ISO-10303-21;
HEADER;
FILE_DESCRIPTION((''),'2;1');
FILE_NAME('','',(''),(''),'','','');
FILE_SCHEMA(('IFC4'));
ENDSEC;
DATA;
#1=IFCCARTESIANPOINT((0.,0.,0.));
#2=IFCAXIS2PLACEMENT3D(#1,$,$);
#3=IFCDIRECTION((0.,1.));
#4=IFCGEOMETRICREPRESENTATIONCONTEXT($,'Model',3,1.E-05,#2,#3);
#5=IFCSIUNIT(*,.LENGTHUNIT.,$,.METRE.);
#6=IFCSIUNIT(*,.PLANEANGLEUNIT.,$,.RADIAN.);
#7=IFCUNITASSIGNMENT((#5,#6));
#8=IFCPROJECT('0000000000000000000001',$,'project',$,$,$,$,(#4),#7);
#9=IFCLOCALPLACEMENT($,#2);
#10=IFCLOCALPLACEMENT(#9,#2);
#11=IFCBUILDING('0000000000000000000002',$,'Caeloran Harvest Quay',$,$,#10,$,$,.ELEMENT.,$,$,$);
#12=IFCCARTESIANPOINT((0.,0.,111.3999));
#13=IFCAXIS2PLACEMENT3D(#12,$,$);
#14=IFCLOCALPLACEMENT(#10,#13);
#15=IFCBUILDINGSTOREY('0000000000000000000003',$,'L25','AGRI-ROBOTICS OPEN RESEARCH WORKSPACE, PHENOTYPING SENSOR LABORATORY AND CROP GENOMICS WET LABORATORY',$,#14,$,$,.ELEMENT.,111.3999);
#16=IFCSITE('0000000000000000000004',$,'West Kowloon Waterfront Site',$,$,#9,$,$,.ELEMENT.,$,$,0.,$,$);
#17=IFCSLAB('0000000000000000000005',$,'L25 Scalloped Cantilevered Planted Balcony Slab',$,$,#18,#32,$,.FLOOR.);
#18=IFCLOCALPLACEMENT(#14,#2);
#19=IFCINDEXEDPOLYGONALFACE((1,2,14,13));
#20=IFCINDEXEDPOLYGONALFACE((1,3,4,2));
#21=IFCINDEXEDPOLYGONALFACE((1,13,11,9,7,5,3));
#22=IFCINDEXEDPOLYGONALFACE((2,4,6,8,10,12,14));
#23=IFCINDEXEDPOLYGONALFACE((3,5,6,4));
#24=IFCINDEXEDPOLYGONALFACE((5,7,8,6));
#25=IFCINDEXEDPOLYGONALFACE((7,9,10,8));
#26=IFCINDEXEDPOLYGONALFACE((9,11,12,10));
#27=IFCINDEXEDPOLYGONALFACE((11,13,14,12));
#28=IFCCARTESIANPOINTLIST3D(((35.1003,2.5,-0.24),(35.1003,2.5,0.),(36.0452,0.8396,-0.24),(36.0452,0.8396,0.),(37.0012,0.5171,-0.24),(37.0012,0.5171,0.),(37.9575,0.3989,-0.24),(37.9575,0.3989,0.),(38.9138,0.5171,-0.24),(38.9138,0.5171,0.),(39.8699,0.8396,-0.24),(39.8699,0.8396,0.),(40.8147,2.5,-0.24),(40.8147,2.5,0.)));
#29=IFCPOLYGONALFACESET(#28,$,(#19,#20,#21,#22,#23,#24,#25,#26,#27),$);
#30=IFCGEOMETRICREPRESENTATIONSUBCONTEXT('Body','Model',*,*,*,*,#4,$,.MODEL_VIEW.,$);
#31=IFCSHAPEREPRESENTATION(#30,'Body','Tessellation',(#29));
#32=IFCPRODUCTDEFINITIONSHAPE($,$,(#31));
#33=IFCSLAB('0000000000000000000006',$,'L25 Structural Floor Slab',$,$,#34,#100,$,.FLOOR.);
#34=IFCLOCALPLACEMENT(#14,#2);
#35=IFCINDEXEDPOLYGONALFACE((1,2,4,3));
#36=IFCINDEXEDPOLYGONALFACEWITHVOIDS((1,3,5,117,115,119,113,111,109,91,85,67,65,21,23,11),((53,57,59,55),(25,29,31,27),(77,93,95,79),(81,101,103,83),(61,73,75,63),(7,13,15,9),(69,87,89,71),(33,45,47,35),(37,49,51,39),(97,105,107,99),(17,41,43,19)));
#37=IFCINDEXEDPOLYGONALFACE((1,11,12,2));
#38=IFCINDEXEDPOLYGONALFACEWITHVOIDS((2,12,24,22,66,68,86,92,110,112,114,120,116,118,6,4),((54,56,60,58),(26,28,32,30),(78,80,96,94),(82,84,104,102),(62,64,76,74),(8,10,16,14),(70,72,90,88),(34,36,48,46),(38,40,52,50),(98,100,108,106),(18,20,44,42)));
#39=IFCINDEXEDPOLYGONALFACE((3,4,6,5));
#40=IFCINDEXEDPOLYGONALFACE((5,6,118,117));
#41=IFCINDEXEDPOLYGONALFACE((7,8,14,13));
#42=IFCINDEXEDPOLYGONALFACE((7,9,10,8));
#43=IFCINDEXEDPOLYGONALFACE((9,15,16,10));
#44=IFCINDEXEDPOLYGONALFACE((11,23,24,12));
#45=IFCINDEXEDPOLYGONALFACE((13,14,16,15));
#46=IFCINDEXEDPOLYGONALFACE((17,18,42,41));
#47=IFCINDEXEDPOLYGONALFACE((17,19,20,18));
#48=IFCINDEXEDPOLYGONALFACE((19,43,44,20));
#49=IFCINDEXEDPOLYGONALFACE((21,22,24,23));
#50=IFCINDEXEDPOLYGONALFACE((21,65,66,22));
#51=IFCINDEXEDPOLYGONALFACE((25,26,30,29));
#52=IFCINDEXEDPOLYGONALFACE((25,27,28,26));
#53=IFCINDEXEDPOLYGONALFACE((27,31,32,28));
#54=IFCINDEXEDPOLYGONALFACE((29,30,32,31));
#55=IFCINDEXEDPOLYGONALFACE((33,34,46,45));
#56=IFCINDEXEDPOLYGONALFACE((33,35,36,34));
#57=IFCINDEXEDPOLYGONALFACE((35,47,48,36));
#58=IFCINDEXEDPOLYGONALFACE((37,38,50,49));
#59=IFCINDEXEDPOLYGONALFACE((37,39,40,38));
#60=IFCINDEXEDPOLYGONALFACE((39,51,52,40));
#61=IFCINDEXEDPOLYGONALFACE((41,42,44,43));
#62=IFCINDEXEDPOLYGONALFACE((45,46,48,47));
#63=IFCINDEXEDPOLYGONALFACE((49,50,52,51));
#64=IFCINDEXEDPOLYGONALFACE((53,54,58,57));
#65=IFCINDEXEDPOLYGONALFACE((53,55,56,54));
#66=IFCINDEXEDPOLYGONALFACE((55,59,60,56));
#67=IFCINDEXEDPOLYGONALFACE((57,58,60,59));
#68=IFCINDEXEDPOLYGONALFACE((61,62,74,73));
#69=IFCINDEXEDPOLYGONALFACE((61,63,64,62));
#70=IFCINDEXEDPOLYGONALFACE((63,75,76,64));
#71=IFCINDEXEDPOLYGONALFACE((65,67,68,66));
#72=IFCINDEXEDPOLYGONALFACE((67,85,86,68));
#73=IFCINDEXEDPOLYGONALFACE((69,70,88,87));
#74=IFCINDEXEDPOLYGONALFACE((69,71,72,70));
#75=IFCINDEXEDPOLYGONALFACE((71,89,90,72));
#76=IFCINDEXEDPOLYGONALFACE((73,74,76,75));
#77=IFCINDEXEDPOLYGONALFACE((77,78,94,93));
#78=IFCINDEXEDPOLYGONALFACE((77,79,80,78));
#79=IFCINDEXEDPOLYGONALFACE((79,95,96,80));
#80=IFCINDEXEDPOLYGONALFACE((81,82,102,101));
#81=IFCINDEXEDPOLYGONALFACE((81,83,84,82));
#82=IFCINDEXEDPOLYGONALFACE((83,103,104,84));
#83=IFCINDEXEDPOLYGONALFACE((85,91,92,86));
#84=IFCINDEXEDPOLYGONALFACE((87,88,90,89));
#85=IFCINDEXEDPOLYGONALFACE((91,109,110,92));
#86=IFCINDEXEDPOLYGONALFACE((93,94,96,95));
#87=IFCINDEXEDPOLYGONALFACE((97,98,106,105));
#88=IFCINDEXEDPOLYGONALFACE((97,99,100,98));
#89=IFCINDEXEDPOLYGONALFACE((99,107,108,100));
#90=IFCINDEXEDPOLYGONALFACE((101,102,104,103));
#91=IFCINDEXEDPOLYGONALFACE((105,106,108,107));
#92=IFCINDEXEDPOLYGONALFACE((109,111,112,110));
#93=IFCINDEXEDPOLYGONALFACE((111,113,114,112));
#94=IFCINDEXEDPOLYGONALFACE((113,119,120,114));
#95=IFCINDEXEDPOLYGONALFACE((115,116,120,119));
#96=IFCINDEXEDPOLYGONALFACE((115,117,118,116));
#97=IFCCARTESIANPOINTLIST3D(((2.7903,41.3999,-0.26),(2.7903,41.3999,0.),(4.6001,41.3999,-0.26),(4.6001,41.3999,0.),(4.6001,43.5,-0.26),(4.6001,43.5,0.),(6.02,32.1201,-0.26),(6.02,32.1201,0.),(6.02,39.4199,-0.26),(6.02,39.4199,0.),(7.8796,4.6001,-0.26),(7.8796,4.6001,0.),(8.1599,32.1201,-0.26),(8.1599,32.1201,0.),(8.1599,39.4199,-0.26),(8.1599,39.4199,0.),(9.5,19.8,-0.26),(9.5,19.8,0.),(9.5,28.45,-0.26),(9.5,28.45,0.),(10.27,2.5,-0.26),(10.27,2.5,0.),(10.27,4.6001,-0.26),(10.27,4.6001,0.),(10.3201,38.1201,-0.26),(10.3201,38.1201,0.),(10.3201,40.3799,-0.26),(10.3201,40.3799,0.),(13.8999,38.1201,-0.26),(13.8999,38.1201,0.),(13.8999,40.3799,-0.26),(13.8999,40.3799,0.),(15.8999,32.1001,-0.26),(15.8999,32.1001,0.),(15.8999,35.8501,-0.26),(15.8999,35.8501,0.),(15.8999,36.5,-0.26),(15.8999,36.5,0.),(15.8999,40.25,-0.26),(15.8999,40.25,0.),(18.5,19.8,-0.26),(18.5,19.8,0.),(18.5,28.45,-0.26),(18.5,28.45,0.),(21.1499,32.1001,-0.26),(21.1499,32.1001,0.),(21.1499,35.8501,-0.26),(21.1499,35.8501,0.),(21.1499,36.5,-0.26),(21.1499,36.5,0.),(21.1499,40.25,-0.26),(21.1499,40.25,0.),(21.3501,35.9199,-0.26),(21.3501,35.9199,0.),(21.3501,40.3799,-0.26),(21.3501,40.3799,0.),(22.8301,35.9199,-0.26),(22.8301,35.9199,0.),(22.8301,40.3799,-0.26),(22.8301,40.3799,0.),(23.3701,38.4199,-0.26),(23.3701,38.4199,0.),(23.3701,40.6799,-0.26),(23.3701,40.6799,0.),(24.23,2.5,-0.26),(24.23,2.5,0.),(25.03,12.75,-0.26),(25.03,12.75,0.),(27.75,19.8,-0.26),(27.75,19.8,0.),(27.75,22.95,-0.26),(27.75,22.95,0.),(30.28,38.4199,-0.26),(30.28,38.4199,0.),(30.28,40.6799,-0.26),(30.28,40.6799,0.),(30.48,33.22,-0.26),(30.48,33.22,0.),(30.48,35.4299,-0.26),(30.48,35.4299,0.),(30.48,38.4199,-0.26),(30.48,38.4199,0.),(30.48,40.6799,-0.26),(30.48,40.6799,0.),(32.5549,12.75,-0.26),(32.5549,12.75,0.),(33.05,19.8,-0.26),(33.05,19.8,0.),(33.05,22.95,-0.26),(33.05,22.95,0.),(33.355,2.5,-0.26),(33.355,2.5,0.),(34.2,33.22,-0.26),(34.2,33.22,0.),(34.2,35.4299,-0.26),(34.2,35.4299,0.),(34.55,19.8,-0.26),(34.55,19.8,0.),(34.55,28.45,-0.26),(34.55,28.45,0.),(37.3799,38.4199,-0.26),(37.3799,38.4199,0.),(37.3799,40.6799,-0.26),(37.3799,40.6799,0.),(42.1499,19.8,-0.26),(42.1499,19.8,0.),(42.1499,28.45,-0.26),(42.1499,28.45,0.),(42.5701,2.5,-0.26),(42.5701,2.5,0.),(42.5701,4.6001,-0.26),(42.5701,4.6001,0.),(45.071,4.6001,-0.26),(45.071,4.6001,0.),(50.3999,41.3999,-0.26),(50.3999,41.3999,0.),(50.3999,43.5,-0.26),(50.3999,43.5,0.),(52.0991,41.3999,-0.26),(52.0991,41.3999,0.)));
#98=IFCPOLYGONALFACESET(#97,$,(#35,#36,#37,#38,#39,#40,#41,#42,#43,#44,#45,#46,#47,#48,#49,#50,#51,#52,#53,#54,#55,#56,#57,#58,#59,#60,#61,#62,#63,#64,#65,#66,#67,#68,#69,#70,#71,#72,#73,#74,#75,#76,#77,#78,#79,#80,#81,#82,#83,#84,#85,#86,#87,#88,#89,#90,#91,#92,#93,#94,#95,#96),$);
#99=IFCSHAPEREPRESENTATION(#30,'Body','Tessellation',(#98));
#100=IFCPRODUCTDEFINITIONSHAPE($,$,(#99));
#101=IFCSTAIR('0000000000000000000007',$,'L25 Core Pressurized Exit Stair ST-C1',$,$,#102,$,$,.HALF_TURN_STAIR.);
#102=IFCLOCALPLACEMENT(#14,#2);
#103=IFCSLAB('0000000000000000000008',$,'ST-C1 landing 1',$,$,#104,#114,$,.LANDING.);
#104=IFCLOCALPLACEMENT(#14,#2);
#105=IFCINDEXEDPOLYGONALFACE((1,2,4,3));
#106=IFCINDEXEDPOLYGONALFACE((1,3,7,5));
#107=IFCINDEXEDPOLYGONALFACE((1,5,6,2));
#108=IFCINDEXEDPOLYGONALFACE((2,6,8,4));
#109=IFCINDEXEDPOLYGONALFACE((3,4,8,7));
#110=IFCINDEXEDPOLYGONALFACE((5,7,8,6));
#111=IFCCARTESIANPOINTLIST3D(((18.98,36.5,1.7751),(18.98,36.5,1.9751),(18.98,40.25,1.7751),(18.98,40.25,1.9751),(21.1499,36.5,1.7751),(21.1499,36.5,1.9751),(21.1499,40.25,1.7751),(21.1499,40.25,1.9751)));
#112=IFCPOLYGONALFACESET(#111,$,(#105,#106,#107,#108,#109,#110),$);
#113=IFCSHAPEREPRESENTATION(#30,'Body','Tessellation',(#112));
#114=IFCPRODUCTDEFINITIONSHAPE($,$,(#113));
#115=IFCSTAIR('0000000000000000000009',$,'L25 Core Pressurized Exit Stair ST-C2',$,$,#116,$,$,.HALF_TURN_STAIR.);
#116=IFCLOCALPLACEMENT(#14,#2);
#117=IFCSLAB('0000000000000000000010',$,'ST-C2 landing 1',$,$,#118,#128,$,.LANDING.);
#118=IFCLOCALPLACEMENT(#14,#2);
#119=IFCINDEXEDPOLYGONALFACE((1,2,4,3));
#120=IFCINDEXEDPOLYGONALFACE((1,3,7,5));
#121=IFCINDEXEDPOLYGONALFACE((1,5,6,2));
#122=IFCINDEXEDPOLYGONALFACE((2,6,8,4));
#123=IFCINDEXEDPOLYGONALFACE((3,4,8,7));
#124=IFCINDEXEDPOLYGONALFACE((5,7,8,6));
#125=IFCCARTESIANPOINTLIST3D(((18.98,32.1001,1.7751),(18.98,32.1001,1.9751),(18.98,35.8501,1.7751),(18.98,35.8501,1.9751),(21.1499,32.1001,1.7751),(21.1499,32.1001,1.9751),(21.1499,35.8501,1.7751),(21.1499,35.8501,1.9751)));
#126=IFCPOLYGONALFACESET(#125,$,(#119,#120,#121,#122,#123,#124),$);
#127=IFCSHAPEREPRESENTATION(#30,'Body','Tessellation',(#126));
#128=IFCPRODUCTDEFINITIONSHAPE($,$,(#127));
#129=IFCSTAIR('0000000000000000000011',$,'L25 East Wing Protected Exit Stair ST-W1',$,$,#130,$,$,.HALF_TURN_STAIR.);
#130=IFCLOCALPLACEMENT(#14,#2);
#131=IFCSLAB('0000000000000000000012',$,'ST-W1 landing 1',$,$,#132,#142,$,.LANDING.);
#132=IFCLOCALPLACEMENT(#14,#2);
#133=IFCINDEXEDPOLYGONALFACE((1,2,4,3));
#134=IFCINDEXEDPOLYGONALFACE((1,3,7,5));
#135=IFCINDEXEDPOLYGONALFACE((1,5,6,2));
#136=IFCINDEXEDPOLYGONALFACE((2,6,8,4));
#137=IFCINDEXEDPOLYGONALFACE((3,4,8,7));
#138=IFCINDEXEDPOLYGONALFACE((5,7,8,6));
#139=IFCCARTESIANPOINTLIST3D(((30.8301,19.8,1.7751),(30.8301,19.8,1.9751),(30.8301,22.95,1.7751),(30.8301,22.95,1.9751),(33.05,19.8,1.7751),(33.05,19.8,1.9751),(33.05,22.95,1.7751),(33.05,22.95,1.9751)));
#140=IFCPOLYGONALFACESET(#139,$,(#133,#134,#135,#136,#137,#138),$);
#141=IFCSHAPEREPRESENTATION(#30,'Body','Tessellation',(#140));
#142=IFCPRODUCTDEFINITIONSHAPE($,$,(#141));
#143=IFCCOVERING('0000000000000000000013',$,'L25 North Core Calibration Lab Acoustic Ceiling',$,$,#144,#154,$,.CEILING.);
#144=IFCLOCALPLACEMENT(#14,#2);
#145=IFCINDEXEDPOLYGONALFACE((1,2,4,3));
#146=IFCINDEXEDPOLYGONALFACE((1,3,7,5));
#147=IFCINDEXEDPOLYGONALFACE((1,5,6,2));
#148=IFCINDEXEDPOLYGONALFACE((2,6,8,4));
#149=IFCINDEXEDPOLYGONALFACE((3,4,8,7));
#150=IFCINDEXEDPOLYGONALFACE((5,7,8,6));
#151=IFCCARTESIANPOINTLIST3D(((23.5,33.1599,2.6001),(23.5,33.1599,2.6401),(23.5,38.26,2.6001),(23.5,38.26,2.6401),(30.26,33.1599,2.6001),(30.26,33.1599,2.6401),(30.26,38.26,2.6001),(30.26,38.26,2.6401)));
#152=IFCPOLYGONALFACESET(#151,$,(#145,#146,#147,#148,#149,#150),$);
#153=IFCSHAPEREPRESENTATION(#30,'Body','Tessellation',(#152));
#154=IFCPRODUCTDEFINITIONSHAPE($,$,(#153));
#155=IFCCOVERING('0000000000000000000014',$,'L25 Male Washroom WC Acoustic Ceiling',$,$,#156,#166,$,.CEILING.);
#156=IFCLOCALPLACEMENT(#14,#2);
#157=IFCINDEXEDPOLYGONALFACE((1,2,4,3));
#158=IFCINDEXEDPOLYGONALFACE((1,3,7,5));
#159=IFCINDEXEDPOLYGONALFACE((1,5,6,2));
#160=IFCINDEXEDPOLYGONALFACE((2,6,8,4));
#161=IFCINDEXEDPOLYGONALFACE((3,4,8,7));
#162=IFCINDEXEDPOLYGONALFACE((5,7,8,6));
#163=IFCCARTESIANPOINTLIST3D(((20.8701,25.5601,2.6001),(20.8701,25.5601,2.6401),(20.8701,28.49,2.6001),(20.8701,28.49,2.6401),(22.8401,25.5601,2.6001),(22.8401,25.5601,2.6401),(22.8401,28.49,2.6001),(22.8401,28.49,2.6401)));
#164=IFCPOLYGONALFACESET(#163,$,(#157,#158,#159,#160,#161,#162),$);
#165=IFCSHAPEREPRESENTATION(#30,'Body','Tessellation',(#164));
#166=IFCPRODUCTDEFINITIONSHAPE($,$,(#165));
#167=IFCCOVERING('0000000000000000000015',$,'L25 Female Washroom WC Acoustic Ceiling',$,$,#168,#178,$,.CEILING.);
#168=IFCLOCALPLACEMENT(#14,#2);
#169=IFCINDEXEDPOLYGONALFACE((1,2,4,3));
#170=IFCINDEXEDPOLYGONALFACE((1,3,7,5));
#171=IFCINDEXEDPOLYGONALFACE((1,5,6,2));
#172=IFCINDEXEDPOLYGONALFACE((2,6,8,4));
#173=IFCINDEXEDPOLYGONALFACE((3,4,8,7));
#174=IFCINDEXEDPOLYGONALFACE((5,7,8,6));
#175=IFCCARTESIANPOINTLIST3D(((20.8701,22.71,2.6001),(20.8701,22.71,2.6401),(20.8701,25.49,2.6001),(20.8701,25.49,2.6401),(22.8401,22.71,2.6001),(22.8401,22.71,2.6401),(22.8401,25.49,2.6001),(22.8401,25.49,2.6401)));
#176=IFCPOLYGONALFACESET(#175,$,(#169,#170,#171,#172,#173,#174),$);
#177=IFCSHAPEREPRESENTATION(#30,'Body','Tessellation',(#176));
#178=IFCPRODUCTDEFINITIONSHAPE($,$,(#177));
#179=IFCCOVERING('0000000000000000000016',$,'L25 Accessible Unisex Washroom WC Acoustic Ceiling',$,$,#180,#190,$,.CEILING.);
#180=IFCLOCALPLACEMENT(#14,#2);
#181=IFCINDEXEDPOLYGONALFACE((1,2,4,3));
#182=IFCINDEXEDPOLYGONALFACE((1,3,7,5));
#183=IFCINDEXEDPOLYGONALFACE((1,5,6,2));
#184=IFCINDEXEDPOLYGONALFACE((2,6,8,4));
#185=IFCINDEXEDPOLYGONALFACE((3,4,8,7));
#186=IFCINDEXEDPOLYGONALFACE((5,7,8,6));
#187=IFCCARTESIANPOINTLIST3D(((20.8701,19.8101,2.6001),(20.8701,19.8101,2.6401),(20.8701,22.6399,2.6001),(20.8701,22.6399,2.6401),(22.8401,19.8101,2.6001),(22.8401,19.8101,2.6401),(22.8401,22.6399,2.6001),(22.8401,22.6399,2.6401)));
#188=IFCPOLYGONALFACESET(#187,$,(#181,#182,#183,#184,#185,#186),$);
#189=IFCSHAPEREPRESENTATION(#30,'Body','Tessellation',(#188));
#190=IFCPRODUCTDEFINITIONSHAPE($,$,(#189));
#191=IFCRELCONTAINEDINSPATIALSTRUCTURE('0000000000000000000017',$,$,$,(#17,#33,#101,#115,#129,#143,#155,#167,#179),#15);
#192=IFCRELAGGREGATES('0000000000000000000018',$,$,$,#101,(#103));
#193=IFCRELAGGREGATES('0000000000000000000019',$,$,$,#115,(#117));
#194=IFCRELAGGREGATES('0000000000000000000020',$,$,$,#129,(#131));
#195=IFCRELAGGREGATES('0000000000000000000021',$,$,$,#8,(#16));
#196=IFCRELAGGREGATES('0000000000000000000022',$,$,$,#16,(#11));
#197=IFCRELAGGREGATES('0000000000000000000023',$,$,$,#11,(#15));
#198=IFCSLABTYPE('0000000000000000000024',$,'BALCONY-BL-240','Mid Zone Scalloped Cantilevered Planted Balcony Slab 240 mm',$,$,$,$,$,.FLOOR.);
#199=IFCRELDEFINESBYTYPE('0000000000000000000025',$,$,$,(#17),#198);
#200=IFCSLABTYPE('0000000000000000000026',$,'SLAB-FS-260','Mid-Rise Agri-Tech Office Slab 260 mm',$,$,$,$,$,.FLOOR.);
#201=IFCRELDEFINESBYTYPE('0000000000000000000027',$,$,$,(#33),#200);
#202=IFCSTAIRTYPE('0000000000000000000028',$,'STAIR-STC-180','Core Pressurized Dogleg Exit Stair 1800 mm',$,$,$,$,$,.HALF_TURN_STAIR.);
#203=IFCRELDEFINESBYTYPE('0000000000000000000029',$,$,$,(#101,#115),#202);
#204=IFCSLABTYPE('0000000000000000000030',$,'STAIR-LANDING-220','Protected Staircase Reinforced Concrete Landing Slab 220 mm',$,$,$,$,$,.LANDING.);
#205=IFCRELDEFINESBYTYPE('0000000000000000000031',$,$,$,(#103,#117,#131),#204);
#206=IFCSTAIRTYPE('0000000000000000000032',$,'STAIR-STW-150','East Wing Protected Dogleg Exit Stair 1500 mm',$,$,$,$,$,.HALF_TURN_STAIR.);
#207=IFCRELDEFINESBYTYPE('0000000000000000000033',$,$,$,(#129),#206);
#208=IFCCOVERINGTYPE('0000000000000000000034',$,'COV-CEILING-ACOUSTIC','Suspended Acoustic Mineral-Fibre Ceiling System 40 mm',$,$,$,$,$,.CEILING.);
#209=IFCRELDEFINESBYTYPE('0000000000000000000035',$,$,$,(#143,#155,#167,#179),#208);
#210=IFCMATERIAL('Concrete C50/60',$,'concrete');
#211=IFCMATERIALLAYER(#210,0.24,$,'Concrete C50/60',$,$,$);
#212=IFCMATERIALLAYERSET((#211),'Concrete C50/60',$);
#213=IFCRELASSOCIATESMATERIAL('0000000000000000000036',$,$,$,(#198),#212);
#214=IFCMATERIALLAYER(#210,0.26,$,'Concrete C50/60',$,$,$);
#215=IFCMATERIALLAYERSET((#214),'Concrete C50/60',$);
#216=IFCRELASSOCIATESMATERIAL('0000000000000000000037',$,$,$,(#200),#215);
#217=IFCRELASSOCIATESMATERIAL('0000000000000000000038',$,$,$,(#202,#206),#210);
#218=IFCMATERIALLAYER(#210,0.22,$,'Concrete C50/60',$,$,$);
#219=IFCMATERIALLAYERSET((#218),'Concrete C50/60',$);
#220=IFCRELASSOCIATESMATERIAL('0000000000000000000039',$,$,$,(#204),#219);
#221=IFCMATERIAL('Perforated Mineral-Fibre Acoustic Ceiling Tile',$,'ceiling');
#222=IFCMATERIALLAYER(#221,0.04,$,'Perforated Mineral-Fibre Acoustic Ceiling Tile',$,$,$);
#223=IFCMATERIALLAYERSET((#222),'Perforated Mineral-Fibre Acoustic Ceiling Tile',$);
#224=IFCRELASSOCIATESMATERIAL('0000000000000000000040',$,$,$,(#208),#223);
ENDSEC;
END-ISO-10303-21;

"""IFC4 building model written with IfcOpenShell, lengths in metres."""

from ifc_helpers import new_model, si_unit, direction, frame, origin, place, context, subcontext, project, spatial, polyline, outline, extrude, material, layer, layer_set, type_object, element, aggregate, save


model = new_model("IFC4")

# Units and contexts
model_context = context("Model", 3, precision=1e-05, world=origin(), true_north=direction((0.0, 1.0)))
body_context = subcontext(model_context, "Body", "Model", "MODEL_VIEW")
ifc_project = project(units=[si_unit("LENGTHUNIT", "METRE"), si_unit("PLANEANGLEUNIT", "RADIAN")], contexts=[model_context])

# Site, building, storey
site_placement = place(None, origin())
site = spatial("IfcSite", under=ifc_project, at=site_placement, Name="West Kowloon Waterfront Site", CompositionType="ELEMENT", RefElevation=0.0)
building_placement = place(site_placement, origin())
building = spatial("IfcBuilding", under=site, at=building_placement, Name="Caeloran Harvest Quay", CompositionType="ELEMENT")
storey_placement = place(building_placement, frame((0.0, 0.0, 111.3999)))
storey = spatial("IfcBuildingStorey", under=building, at=storey_placement, Name="L25", Description="AGRI-ROBOTICS OPEN RESEARCH WORKSPACE, PHENOTYPING SENSOR LABORATORY AND CROP GENOMICS WET LABORATORY", CompositionType="ELEMENT", Elevation=111.3999)

# Slabs
ifc_material_1 = material(Name="Concrete C50/60", Category="concrete")
ifc_layer_1 = layer(ifc_material_1, 0.24, Name="Concrete C50/60")
ifc_layer_set_1 = layer_set([ifc_layer_1], Name="Concrete C50/60")
slab_type_1 = type_object("IfcSlabType", Name="BALCONY-BL-240", Description="Mid Zone Scalloped Cantilevered Planted Balcony Slab 240 mm", PredefinedType="FLOOR", material=ifc_layer_set_1)
slab_1_placement = place(storey_placement, frame((0.0, 0.0, -0.24)))
element("IfcSlab", 1, at=slab_1_placement, inside=storey, type_object=slab_type_1, Name="L25 Scalloped Cantilevered Planted Balcony Slab", PredefinedType="FLOOR", context=body_context, shape_type="SweptSolid", body=[
    extrude(outline(polyline([(39.8699, 0.8396), (38.9138, 0.5171), (37.9575, 0.3989), (37.0012, 0.5171), (36.0452, 0.8396), (35.1003, 2.5), (40.8147, 2.5), (39.8699, 0.8396)])), origin(), (0.0, 0.0, 1.0), 0.24),
])
ifc_layer_2 = layer(ifc_material_1, 0.26, Name="Concrete C50/60")
ifc_layer_set_2 = layer_set([ifc_layer_2], Name="Concrete C50/60")
slab_type_2 = type_object("IfcSlabType", Name="SLAB-FS-260", Description="Mid-Rise Agri-Tech Office Slab 260 mm", PredefinedType="FLOOR", material=ifc_layer_set_2)
slab_2_placement = place(storey_placement, frame((0.0, 0.0, -0.26)))
element("IfcSlab", 2, at=slab_2_placement, inside=storey, type_object=slab_type_2, Name="L25 Structural Floor Slab", PredefinedType="FLOOR", context=body_context, shape_type="SweptSolid", body=[
    extrude(outline(polyline([(10.27, 2.5), (24.23, 2.5), (25.03, 12.75), (32.5549, 12.75), (33.355, 2.5), (42.5701, 2.5), (42.5701, 4.6001), (45.071, 4.6001), (52.0991, 41.3999), (50.3999, 41.3999), (50.3999, 43.5), (4.6001, 43.5), (4.6001, 41.3999), (2.7903, 41.3999), (7.8796, 4.6001), (10.27, 4.6001), (10.27, 2.5)]), holes=[polyline([(18.5, 19.8), (9.5, 19.8), (9.5, 28.45), (18.5, 28.45), (18.5, 19.8)]), polyline([(15.8999, 32.1001), (15.8999, 35.8501), (21.1499, 35.8501), (21.1499, 32.1001), (15.8999, 32.1001)]), polyline([(8.1599, 32.1201), (6.02, 32.1201), (6.02, 39.4199), (8.1599, 39.4199), (8.1599, 32.1201)]), polyline([(21.3501, 35.9199), (21.3501, 40.3799), (22.8301, 40.3799), (22.8301, 35.9199), (21.3501, 35.9199)]), polyline([(15.8999, 40.25), (21.1499, 40.25), (21.1499, 36.5), (15.8999, 36.5), (15.8999, 40.25)]), polyline([(13.8999, 38.1201), (10.3201, 38.1201), (10.3201, 40.3799), (13.8999, 40.3799), (13.8999, 38.1201)]), polyline([(27.75, 22.95), (33.05, 22.95), (33.05, 19.8), (27.75, 19.8), (27.75, 22.95)]), polyline([(34.55, 19.8), (34.55, 28.45), (42.1499, 28.45), (42.1499, 19.8), (34.55, 19.8)]), polyline([(34.2, 33.22), (30.48, 33.22), (30.48, 35.4299), (34.2, 35.4299), (34.2, 33.22)]), polyline([(23.3701, 38.4199), (23.3701, 40.6799), (30.28, 40.6799), (30.28, 38.4199), (23.3701, 38.4199)]), polyline([(30.48, 38.4199), (30.48, 40.6799), (37.3799, 40.6799), (37.3799, 38.4199), (30.48, 38.4199)])]), origin(), (0.0, 0.0, 1.0), 0.26),
])

# Stairs, slabs
stair_type_1 = type_object("IfcStairType", Name="STAIR-STC-180", Description="Core Pressurized Dogleg Exit Stair 1800 mm", PredefinedType="HALF_TURN_STAIR", material=ifc_material_1)
stair_1_placement = place(storey_placement, origin())
stair_1 = element("IfcStair", 3, at=stair_1_placement, inside=storey, type_object=stair_type_1, Name="L25 Core Pressurized Exit Stair ST-C1", PredefinedType="HALF_TURN_STAIR")
ifc_layer_3 = layer(ifc_material_1, 0.22, Name="Concrete C50/60")
ifc_layer_set_3 = layer_set([ifc_layer_3], Name="Concrete C50/60")
slab_type_3 = type_object("IfcSlabType", Name="STAIR-LANDING-220", Description="Protected Staircase Reinforced Concrete Landing Slab 220 mm", PredefinedType="LANDING", material=ifc_layer_set_3)
slab_3_placement = place(storey_placement, frame((0.0, 0.0, 1.7751)))
slab_3 = element("IfcSlab", 4, at=slab_3_placement, type_object=slab_type_3, Name="ST-C1 landing 1", PredefinedType="LANDING", context=body_context, shape_type="SweptSolid", body=[
    extrude(outline(polyline([(18.98, 36.5), (21.1499, 36.5), (21.1499, 40.25), (18.98, 40.25), (18.98, 36.5)])), origin(), (0.0, 0.0, 1.0), 0.2),
])
aggregate(stair_1, [slab_3])
stair_2_placement = place(storey_placement, origin())
stair_2 = element("IfcStair", 5, at=stair_2_placement, inside=storey, type_object=stair_type_1, Name="L25 Core Pressurized Exit Stair ST-C2", PredefinedType="HALF_TURN_STAIR")
slab_4_placement = place(storey_placement, frame((0.0, 0.0, 1.7751)))
slab_4 = element("IfcSlab", 6, at=slab_4_placement, type_object=slab_type_3, Name="ST-C2 landing 1", PredefinedType="LANDING", context=body_context, shape_type="SweptSolid", body=[
    extrude(outline(polyline([(18.98, 32.1001), (21.1499, 32.1001), (21.1499, 35.8501), (18.98, 35.8501), (18.98, 32.1001)])), origin(), (0.0, 0.0, 1.0), 0.2),
])
aggregate(stair_2, [slab_4])
stair_type_2 = type_object("IfcStairType", Name="STAIR-STW-150", Description="East Wing Protected Dogleg Exit Stair 1500 mm", PredefinedType="HALF_TURN_STAIR", material=ifc_material_1)
stair_3_placement = place(storey_placement, origin())
stair_3 = element("IfcStair", 7, at=stair_3_placement, inside=storey, type_object=stair_type_2, Name="L25 East Wing Protected Exit Stair ST-W1", PredefinedType="HALF_TURN_STAIR")
slab_5_placement = place(storey_placement, frame((0.0, 0.0, 1.7751)))
slab_5 = element("IfcSlab", 8, at=slab_5_placement, type_object=slab_type_3, Name="ST-W1 landing 1", PredefinedType="LANDING", context=body_context, shape_type="SweptSolid", body=[
    extrude(outline(polyline([(30.8301, 19.8), (33.05, 19.8), (33.05, 22.95), (30.8301, 22.95), (30.8301, 19.8)])), origin(), (0.0, 0.0, 1.0), 0.2),
])
aggregate(stair_3, [slab_5])

# Coverings
ifc_material_2 = material(Name="Perforated Mineral-Fibre Acoustic Ceiling Tile", Category="ceiling")
ifc_layer_4 = layer(ifc_material_2, 0.04, Name="Perforated Mineral-Fibre Acoustic Ceiling Tile")
ifc_layer_set_4 = layer_set([ifc_layer_4], Name="Perforated Mineral-Fibre Acoustic Ceiling Tile")
covering_type_1 = type_object("IfcCoveringType", Name="COV-CEILING-ACOUSTIC", Description="Suspended Acoustic Mineral-Fibre Ceiling System 40 mm", PredefinedType="CEILING", material=ifc_layer_set_4)
covering_1_placement = place(storey_placement, frame((0.0, 0.0, 2.6001)))
element("IfcCovering", 9, at=covering_1_placement, inside=storey, type_object=covering_type_1, Name="L25 North Core Calibration Lab Acoustic Ceiling", PredefinedType="CEILING", context=body_context, shape_type="SweptSolid", body=[
    extrude(outline(polyline([(30.26, 33.1599), (23.5, 33.1599), (23.5, 38.26), (30.26, 38.26), (30.26, 33.1599)])), origin(), (0.0, 0.0, 1.0), 0.04),
])
covering_2_placement = place(storey_placement, frame((0.0, 0.0, 2.6001)))
element("IfcCovering", 10, at=covering_2_placement, inside=storey, type_object=covering_type_1, Name="L25 Male Washroom WC Acoustic Ceiling", PredefinedType="CEILING", context=body_context, shape_type="SweptSolid", body=[
    extrude(outline(polyline([(22.8401, 25.5601), (20.8701, 25.5601), (20.8701, 28.49), (22.8401, 28.49), (22.8401, 25.5601)])), origin(), (0.0, 0.0, 1.0), 0.04),
])
covering_3_placement = place(storey_placement, frame((0.0, 0.0, 2.6001)))
element("IfcCovering", 11, at=covering_3_placement, inside=storey, type_object=covering_type_1, Name="L25 Female Washroom WC Acoustic Ceiling", PredefinedType="CEILING", context=body_context, shape_type="SweptSolid", body=[
    extrude(outline(polyline([(22.8401, 22.71), (20.8701, 22.71), (20.8701, 25.49), (22.8401, 25.49), (22.8401, 22.71)])), origin(), (0.0, 0.0, 1.0), 0.04),
])
covering_4_placement = place(storey_placement, frame((0.0, 0.0, 2.6001)))
element("IfcCovering", 12, at=covering_4_placement, inside=storey, type_object=covering_type_1, Name="L25 Accessible Unisex Washroom WC Acoustic Ceiling", PredefinedType="CEILING", context=body_context, shape_type="SweptSolid", body=[
    extrude(outline(polyline([(22.8401, 19.8101), (20.8701, 19.8101), (20.8701, 22.6399), (22.8401, 22.6399), (22.8401, 19.8101)])), origin(), (0.0, 0.0, 1.0), 0.04),
])

save(model, "model.ifc")
